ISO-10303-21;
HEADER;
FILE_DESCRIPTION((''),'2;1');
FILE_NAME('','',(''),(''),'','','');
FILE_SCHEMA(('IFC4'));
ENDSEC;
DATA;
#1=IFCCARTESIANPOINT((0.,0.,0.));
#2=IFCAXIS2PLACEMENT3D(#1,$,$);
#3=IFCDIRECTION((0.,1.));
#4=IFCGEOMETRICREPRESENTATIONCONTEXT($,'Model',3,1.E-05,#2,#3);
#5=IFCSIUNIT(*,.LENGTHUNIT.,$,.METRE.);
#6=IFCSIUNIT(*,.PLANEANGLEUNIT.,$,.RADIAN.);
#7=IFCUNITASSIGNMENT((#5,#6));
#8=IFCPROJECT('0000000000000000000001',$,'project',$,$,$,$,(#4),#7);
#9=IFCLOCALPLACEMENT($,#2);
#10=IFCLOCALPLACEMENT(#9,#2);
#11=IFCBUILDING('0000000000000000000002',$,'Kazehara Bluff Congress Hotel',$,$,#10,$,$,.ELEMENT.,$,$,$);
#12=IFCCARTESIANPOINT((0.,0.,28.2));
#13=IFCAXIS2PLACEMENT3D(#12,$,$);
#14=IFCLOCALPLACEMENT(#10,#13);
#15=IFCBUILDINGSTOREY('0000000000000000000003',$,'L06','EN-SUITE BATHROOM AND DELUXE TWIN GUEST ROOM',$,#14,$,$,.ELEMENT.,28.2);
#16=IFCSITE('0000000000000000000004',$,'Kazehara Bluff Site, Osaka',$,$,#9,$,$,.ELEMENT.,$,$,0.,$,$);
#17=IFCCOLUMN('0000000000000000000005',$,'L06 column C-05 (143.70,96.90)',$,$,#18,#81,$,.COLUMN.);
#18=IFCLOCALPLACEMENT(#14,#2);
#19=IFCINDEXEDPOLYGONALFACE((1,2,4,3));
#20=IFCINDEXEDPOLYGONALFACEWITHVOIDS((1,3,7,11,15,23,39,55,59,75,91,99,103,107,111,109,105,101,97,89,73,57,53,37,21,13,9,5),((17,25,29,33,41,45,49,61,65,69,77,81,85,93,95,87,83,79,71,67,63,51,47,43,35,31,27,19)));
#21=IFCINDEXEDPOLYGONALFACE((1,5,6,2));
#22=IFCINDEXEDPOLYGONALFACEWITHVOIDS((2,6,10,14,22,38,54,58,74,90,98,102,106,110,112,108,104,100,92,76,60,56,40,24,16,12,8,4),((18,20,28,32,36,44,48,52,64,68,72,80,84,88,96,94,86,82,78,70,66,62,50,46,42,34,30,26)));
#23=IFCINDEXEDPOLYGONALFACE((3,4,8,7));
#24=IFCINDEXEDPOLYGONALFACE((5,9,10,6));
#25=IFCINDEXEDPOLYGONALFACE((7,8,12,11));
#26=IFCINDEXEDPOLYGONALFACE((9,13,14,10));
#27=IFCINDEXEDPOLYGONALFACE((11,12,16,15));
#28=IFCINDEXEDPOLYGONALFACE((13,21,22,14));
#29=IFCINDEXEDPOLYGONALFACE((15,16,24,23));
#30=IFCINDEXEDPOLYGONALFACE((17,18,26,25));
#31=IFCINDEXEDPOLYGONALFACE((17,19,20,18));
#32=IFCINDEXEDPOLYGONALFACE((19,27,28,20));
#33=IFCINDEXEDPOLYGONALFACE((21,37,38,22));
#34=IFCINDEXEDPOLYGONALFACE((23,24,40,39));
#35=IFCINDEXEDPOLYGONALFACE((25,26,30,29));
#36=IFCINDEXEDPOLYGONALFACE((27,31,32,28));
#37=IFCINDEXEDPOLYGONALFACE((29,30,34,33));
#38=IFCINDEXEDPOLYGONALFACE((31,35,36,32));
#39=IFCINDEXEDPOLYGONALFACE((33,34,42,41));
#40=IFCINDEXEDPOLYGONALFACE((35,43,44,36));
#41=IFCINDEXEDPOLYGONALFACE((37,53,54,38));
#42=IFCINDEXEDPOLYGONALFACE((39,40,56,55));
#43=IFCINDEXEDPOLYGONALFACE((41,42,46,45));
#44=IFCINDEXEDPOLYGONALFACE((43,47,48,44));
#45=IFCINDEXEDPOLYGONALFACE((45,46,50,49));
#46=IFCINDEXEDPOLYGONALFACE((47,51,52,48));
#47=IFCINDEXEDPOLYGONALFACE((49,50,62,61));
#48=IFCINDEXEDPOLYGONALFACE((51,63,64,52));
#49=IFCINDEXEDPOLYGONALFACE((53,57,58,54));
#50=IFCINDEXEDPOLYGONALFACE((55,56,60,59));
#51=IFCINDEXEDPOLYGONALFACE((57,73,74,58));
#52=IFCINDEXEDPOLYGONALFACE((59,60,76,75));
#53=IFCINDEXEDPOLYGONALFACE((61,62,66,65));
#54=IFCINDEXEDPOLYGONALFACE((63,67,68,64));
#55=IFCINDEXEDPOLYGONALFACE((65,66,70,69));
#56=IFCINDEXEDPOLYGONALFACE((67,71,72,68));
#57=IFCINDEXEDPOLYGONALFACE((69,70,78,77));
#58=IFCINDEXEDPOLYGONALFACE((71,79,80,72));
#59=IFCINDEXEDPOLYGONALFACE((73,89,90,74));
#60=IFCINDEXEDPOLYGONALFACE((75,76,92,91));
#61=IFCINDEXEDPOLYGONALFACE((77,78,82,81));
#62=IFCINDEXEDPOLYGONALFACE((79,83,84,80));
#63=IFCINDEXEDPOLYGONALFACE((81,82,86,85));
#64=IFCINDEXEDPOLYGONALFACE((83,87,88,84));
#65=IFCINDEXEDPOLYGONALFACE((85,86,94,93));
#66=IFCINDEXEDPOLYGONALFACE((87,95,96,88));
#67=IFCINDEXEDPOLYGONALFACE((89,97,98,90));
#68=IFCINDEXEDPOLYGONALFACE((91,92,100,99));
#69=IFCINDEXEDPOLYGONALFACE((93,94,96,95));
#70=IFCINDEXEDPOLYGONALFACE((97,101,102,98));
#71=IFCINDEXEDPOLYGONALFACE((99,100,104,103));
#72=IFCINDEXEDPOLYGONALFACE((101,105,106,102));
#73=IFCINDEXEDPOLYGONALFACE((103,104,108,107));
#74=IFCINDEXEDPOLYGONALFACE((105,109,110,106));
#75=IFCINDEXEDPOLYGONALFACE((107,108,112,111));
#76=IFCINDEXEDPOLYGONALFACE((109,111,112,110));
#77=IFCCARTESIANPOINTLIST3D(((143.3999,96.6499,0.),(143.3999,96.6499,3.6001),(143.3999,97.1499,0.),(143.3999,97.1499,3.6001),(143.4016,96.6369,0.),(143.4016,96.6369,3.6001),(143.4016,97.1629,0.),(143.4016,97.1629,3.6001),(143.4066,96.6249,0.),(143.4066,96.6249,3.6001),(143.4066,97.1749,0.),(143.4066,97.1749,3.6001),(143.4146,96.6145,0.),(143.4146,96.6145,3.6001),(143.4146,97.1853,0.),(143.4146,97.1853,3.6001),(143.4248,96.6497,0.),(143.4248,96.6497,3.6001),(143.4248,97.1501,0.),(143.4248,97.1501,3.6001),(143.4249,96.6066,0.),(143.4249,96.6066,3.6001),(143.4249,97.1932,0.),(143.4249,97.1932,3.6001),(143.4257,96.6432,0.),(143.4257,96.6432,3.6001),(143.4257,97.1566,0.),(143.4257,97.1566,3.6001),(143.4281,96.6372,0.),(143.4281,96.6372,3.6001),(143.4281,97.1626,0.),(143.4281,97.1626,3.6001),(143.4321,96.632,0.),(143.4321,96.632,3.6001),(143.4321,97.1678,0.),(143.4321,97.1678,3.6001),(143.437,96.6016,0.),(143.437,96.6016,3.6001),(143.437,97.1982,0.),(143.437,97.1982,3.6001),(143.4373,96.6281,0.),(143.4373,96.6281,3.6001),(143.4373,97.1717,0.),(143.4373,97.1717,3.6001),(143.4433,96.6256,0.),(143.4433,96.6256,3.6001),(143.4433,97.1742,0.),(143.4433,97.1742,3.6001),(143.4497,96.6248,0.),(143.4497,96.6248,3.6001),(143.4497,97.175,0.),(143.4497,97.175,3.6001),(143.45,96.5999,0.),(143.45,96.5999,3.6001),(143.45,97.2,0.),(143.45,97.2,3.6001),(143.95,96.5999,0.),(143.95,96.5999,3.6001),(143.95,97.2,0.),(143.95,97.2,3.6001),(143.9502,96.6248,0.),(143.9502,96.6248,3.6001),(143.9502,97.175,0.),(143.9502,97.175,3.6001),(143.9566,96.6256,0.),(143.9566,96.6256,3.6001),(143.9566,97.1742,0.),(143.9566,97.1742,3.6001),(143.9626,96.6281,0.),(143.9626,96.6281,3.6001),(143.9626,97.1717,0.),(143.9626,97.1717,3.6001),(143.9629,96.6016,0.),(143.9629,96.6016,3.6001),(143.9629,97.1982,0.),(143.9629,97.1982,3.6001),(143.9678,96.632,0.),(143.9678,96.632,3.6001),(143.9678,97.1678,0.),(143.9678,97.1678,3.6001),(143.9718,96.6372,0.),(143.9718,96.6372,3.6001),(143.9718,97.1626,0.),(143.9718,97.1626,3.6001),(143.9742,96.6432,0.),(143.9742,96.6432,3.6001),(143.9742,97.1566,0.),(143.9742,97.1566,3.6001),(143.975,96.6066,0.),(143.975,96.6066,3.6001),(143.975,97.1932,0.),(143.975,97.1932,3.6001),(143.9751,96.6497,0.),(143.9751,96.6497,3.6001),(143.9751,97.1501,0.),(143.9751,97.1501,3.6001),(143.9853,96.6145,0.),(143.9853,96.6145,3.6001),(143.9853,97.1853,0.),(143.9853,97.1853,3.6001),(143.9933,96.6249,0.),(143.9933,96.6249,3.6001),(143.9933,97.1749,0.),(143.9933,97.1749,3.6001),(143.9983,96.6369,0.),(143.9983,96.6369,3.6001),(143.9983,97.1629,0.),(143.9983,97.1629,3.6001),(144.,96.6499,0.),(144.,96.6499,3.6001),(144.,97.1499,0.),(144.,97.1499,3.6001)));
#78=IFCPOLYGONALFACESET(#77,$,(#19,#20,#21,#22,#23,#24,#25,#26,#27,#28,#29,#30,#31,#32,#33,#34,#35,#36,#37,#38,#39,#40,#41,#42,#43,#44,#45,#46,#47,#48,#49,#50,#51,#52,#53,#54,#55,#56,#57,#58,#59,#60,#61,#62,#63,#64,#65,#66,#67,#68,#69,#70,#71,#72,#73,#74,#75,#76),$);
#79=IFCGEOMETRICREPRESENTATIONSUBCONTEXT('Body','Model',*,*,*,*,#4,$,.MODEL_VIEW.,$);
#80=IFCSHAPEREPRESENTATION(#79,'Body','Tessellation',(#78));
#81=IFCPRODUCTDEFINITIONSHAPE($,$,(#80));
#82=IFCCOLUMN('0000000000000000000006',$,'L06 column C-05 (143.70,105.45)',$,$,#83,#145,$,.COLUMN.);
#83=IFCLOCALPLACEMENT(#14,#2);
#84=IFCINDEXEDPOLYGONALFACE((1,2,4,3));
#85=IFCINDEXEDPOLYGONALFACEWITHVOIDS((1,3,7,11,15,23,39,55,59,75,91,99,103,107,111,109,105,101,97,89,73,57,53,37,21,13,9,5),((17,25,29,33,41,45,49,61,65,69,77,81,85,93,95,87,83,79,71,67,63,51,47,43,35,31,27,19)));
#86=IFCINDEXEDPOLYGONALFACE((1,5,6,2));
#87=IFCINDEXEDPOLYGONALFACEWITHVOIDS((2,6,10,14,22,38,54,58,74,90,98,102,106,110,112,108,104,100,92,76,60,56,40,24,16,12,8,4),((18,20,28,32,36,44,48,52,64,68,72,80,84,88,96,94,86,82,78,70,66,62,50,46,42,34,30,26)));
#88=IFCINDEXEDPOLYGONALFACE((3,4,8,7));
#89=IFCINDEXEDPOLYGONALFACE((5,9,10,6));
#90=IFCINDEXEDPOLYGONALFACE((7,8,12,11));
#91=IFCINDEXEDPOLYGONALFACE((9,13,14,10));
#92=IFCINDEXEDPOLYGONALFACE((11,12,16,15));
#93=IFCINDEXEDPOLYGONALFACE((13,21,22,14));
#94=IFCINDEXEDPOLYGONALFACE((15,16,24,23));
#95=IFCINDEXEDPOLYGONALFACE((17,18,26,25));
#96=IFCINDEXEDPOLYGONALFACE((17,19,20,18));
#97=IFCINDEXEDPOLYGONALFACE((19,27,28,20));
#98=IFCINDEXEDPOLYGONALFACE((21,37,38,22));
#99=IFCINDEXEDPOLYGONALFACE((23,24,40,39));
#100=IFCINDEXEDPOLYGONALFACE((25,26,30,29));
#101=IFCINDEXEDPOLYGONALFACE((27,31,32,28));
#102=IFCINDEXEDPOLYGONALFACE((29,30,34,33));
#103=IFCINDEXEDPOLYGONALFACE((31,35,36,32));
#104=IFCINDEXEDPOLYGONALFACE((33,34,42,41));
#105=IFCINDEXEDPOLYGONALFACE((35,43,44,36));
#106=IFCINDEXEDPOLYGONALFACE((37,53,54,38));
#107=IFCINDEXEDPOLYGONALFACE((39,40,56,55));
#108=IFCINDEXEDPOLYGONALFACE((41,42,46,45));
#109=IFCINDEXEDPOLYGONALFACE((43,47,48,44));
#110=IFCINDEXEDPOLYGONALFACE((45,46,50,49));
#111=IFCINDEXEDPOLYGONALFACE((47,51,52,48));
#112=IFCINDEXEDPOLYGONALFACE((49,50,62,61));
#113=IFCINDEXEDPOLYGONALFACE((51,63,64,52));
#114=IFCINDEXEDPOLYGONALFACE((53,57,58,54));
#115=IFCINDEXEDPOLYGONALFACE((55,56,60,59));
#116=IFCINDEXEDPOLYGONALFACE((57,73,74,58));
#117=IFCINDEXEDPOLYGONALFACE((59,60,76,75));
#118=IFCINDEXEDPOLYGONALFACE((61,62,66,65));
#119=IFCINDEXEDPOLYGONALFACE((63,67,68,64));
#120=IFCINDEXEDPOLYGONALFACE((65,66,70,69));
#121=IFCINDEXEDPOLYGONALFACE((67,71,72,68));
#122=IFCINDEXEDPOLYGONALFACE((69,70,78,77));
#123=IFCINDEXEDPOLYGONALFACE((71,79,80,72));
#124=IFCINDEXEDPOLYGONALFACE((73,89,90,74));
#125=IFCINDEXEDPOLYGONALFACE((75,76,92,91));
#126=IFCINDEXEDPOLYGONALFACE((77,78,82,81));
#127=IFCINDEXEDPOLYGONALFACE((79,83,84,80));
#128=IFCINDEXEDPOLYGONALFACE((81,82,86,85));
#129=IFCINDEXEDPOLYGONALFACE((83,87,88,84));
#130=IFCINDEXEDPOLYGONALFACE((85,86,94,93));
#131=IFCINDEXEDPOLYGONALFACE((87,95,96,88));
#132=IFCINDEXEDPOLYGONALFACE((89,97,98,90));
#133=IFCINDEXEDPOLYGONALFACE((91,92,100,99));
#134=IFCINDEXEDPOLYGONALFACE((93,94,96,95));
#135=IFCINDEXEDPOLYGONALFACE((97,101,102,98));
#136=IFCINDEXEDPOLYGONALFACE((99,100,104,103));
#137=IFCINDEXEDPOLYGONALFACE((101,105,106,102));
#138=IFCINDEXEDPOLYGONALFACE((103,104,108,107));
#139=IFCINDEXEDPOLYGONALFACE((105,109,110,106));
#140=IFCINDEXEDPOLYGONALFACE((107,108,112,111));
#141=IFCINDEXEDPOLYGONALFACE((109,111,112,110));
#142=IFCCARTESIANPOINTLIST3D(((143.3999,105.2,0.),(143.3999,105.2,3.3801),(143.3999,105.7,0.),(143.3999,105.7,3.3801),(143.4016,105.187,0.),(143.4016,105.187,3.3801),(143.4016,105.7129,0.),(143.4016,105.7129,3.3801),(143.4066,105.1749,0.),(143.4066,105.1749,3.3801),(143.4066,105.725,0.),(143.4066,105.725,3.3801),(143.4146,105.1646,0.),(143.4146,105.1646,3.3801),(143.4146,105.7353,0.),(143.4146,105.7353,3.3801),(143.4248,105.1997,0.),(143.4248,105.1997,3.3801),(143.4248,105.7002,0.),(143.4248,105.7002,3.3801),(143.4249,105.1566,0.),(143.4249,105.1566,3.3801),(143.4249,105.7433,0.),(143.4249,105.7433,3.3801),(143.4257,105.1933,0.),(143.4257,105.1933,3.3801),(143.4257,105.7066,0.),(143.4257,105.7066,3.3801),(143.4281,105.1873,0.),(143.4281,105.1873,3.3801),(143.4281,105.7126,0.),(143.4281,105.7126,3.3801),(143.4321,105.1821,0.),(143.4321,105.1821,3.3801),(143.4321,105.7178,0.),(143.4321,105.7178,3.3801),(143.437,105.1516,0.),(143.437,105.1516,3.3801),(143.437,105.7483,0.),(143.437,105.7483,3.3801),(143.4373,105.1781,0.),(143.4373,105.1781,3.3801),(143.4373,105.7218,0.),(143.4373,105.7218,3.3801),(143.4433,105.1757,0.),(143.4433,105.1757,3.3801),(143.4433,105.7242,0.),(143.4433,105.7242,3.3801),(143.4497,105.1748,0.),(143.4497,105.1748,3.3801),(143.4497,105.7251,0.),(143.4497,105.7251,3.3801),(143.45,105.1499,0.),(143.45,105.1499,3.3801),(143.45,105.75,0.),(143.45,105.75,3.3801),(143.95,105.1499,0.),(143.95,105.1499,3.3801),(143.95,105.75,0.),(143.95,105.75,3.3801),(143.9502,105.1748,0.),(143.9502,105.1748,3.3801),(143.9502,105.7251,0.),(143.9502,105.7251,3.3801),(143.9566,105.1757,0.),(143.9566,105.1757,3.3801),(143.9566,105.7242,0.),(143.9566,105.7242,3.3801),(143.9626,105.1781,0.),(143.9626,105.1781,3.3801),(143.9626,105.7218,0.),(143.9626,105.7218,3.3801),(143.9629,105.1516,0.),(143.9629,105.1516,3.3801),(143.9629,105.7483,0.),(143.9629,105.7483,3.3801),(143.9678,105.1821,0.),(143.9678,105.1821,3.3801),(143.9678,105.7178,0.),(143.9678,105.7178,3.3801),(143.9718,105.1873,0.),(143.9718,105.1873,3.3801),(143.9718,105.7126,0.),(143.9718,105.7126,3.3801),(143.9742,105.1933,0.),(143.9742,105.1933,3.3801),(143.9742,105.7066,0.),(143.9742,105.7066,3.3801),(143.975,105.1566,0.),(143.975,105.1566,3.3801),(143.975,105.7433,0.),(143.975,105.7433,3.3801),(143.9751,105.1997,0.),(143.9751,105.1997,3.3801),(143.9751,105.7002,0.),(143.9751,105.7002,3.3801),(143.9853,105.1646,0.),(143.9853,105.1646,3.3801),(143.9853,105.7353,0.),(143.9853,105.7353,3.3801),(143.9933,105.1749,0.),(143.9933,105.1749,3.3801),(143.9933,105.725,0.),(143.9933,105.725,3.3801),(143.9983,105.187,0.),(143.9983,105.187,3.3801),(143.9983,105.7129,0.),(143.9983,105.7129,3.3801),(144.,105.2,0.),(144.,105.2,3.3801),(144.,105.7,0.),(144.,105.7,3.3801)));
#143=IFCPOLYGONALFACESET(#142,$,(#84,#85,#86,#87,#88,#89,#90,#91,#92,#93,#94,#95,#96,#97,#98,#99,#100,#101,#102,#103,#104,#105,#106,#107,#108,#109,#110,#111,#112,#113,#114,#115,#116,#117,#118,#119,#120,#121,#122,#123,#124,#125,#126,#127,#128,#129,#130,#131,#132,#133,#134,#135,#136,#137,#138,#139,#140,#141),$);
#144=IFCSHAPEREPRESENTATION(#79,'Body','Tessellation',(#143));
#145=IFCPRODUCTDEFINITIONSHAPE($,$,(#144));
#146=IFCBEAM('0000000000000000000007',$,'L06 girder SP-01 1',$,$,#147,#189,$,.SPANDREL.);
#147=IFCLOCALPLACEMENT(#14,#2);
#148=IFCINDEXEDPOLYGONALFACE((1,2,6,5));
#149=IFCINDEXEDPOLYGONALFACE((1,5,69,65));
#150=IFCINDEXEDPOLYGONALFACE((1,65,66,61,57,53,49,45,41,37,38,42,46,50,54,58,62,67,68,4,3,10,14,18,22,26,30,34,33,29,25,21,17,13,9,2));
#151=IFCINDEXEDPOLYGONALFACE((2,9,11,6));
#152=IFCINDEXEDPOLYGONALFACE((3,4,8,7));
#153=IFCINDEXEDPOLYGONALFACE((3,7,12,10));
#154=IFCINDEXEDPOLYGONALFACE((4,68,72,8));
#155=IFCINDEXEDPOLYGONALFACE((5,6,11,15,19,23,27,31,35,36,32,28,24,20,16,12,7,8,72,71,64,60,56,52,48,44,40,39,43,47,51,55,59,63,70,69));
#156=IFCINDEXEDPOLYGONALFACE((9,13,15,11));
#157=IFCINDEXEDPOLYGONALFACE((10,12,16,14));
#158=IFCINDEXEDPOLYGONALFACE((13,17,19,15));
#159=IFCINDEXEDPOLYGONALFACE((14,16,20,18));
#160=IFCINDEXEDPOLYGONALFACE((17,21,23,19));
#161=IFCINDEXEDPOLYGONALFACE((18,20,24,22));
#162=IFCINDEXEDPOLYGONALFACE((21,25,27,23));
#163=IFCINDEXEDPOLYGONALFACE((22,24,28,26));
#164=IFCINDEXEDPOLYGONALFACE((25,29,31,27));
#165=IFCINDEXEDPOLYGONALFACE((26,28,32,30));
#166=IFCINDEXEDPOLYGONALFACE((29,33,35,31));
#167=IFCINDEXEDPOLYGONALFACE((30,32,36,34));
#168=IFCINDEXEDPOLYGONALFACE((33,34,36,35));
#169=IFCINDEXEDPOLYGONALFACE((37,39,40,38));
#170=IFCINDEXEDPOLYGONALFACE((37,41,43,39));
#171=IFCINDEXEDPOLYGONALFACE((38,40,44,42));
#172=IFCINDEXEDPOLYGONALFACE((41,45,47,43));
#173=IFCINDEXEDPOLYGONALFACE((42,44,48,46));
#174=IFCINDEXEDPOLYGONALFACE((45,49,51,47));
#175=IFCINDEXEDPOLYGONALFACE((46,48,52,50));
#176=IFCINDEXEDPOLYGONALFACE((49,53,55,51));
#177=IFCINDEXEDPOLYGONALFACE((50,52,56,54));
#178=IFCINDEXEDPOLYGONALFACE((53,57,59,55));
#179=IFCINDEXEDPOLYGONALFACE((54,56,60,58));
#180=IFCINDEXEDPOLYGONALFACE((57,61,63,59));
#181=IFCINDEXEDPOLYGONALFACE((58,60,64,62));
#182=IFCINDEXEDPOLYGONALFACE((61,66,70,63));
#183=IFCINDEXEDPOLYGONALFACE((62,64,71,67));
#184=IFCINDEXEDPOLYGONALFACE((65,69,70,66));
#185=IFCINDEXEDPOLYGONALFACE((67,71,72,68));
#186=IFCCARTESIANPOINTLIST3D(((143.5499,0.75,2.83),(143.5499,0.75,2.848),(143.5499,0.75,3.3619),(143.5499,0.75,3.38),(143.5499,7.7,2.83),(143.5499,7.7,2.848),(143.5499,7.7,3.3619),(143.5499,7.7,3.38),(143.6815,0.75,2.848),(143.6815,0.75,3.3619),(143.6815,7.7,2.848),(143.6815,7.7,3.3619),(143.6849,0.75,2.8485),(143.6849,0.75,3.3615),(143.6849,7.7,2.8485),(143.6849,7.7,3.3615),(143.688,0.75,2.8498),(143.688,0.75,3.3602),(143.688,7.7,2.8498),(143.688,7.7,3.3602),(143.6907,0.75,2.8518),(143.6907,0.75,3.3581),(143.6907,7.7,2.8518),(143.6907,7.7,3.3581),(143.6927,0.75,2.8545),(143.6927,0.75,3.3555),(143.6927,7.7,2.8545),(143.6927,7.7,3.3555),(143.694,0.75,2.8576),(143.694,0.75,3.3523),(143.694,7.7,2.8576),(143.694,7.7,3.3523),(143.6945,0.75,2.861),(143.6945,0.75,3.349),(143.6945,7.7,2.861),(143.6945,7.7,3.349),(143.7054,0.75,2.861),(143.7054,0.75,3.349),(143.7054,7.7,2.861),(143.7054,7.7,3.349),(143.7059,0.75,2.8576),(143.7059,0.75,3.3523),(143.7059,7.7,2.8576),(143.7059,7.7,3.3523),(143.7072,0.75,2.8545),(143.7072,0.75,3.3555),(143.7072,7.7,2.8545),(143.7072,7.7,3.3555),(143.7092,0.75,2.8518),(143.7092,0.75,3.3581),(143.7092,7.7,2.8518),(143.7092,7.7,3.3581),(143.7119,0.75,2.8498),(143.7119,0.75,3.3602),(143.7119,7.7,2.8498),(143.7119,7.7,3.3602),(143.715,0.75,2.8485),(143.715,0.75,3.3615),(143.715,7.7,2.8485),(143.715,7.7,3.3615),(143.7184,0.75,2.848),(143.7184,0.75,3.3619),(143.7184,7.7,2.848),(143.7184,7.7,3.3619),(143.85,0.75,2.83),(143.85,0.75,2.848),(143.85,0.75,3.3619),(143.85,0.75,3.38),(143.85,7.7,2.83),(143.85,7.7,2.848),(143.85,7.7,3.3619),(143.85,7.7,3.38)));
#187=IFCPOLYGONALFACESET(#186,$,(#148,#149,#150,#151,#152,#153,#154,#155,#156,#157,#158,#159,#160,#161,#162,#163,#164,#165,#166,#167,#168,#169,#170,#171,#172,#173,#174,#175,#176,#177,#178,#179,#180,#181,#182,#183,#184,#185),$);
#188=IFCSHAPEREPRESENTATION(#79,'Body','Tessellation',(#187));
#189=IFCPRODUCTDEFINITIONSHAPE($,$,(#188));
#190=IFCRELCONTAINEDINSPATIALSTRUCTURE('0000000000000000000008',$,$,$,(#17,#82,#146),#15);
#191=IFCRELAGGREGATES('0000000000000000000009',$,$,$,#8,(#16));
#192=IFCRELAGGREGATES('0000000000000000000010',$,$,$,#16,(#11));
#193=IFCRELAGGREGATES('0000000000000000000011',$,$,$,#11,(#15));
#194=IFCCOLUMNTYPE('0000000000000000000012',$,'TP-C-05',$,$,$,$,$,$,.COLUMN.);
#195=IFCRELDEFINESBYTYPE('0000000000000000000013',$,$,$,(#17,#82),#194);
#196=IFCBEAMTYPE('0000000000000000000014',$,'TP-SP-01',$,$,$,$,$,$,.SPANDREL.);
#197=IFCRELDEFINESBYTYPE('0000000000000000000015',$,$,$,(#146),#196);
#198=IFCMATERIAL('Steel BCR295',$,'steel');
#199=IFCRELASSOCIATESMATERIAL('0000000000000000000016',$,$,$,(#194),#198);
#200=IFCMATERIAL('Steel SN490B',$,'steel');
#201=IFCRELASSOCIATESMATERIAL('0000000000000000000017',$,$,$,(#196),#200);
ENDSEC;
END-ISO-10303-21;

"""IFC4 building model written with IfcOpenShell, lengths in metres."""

from ifc_helpers import new_model, si_unit, direction, frame, origin, origin_2d, place, context, subcontext, project, spatial, hollow_rectangle, i_section, extrude, material, material_profile, profile_set, type_object, element, save


model = new_model("IFC4")

# Units and contexts
model_context = context("Model", 3, precision=1e-05, world=origin(), true_north=direction((0.0, 1.0)))
body_context = subcontext(model_context, "Body", "Model", "MODEL_VIEW")
ifc_project = project(units=[si_unit("LENGTHUNIT", "METRE"), si_unit("PLANEANGLEUNIT", "RADIAN")], contexts=[model_context])

# Site, building, storey
site_placement = place(None, origin())
site = spatial("IfcSite", under=ifc_project, at=site_placement, Name="Kazehara Bluff Site, Osaka", CompositionType="ELEMENT", RefElevation=0.0)
building_placement = place(site_placement, origin())
building = spatial("IfcBuilding", under=site, at=building_placement, Name="Kazehara Bluff Congress Hotel", CompositionType="ELEMENT")
storey_placement = place(building_placement, frame((0.0, 0.0, 28.2)))
storey = spatial("IfcBuildingStorey", under=building, at=storey_placement, Name="L06", Description="EN-SUITE BATHROOM AND DELUXE TWIN GUEST ROOM", CompositionType="ELEMENT", Elevation=28.2)

# Columns
ifc_material_1 = material(Name="Steel BCR295", Category="steel")
ifc_material_profile_1 = material_profile(ifc_material_1, hollow_rectangle(XDim=0.6001, YDim=0.6001, WallThickness=0.0249, InnerFilletRadius=0.0249, OuterFilletRadius=0.05, at=origin_2d()))
ifc_profile_set_1 = profile_set([ifc_material_profile_1], Name="Steel BCR295")
column_type = type_object("IfcColumnType", Name="TP-C-05", PredefinedType="COLUMN", material=ifc_profile_set_1)
for number, where, z_axis, x_axis, name in (
    (1, (143.7, 96.8999, 0.0), (0.0, 0.0, 1.0), (1.0, 0.0, 0.0), "L06 column C-05 (143.70,96.90)"),
):
    element("IfcColumn", number, at=place(storey_placement, frame(where, z_axis=z_axis, x_axis=x_axis)), inside=storey, type_object=column_type, Name=name, PredefinedType="COLUMN", context=body_context, shape_type="SweptSolid", body=[
        extrude(hollow_rectangle(XDim=0.6001, YDim=0.6001, WallThickness=0.0249, InnerFilletRadius=0.0249, OuterFilletRadius=0.05, at=origin_2d()), origin(), (0.0, 0.0, 1.0), 3.6001),
    ])
column_1_placement = place(storey_placement, frame((143.7, 105.45, 0.0), z_axis=(0.0, 0.0, 1.0), x_axis=(1.0, 0.0, 0.0)))
element("IfcColumn", 2, at=column_1_placement, inside=storey, type_object=column_type, Name="L06 column C-05 (143.70,105.45)", PredefinedType="COLUMN", context=body_context, shape_type="SweptSolid", body=[
    extrude(hollow_rectangle(XDim=0.6001, YDim=0.6001, WallThickness=0.0249, InnerFilletRadius=0.0249, OuterFilletRadius=0.05, at=origin_2d()), origin(), (0.0, 0.0, 1.0), 3.3801),
])

# Beam
ifc_material_2 = material(Name="Steel SN490B", Category="steel")
ifc_material_profile_2 = material_profile(ifc_material_2, i_section(OverallWidth=0.3, OverallDepth=0.55, WebThickness=0.011, FlangeThickness=0.0181, FilletRadius=0.0129, at=origin_2d()))
ifc_profile_set_2 = profile_set([ifc_material_profile_2], Name="Steel SN490B")
beam_type = type_object("IfcBeamType", Name="TP-SP-01", PredefinedType="SPANDREL", material=ifc_profile_set_2)
beam_placement = place(storey_placement, frame((143.7, 0.75, 3.105), z_axis=(0.0, 1.0, 0.0), x_axis=(-1.0, 0.0, 0.0)))
element("IfcBeam", 3, at=beam_placement, inside=storey, type_object=beam_type, Name="L06 girder SP-01 1", PredefinedType="SPANDREL", context=body_context, shape_type="SweptSolid", body=[
    extrude(i_section(OverallWidth=0.3, OverallDepth=0.55, WebThickness=0.011, FlangeThickness=0.0181, FilletRadius=0.0129, at=origin_2d()), origin(), (0.0, 0.0, 1.0), 6.95),
])

save(model, "model.ifc")
